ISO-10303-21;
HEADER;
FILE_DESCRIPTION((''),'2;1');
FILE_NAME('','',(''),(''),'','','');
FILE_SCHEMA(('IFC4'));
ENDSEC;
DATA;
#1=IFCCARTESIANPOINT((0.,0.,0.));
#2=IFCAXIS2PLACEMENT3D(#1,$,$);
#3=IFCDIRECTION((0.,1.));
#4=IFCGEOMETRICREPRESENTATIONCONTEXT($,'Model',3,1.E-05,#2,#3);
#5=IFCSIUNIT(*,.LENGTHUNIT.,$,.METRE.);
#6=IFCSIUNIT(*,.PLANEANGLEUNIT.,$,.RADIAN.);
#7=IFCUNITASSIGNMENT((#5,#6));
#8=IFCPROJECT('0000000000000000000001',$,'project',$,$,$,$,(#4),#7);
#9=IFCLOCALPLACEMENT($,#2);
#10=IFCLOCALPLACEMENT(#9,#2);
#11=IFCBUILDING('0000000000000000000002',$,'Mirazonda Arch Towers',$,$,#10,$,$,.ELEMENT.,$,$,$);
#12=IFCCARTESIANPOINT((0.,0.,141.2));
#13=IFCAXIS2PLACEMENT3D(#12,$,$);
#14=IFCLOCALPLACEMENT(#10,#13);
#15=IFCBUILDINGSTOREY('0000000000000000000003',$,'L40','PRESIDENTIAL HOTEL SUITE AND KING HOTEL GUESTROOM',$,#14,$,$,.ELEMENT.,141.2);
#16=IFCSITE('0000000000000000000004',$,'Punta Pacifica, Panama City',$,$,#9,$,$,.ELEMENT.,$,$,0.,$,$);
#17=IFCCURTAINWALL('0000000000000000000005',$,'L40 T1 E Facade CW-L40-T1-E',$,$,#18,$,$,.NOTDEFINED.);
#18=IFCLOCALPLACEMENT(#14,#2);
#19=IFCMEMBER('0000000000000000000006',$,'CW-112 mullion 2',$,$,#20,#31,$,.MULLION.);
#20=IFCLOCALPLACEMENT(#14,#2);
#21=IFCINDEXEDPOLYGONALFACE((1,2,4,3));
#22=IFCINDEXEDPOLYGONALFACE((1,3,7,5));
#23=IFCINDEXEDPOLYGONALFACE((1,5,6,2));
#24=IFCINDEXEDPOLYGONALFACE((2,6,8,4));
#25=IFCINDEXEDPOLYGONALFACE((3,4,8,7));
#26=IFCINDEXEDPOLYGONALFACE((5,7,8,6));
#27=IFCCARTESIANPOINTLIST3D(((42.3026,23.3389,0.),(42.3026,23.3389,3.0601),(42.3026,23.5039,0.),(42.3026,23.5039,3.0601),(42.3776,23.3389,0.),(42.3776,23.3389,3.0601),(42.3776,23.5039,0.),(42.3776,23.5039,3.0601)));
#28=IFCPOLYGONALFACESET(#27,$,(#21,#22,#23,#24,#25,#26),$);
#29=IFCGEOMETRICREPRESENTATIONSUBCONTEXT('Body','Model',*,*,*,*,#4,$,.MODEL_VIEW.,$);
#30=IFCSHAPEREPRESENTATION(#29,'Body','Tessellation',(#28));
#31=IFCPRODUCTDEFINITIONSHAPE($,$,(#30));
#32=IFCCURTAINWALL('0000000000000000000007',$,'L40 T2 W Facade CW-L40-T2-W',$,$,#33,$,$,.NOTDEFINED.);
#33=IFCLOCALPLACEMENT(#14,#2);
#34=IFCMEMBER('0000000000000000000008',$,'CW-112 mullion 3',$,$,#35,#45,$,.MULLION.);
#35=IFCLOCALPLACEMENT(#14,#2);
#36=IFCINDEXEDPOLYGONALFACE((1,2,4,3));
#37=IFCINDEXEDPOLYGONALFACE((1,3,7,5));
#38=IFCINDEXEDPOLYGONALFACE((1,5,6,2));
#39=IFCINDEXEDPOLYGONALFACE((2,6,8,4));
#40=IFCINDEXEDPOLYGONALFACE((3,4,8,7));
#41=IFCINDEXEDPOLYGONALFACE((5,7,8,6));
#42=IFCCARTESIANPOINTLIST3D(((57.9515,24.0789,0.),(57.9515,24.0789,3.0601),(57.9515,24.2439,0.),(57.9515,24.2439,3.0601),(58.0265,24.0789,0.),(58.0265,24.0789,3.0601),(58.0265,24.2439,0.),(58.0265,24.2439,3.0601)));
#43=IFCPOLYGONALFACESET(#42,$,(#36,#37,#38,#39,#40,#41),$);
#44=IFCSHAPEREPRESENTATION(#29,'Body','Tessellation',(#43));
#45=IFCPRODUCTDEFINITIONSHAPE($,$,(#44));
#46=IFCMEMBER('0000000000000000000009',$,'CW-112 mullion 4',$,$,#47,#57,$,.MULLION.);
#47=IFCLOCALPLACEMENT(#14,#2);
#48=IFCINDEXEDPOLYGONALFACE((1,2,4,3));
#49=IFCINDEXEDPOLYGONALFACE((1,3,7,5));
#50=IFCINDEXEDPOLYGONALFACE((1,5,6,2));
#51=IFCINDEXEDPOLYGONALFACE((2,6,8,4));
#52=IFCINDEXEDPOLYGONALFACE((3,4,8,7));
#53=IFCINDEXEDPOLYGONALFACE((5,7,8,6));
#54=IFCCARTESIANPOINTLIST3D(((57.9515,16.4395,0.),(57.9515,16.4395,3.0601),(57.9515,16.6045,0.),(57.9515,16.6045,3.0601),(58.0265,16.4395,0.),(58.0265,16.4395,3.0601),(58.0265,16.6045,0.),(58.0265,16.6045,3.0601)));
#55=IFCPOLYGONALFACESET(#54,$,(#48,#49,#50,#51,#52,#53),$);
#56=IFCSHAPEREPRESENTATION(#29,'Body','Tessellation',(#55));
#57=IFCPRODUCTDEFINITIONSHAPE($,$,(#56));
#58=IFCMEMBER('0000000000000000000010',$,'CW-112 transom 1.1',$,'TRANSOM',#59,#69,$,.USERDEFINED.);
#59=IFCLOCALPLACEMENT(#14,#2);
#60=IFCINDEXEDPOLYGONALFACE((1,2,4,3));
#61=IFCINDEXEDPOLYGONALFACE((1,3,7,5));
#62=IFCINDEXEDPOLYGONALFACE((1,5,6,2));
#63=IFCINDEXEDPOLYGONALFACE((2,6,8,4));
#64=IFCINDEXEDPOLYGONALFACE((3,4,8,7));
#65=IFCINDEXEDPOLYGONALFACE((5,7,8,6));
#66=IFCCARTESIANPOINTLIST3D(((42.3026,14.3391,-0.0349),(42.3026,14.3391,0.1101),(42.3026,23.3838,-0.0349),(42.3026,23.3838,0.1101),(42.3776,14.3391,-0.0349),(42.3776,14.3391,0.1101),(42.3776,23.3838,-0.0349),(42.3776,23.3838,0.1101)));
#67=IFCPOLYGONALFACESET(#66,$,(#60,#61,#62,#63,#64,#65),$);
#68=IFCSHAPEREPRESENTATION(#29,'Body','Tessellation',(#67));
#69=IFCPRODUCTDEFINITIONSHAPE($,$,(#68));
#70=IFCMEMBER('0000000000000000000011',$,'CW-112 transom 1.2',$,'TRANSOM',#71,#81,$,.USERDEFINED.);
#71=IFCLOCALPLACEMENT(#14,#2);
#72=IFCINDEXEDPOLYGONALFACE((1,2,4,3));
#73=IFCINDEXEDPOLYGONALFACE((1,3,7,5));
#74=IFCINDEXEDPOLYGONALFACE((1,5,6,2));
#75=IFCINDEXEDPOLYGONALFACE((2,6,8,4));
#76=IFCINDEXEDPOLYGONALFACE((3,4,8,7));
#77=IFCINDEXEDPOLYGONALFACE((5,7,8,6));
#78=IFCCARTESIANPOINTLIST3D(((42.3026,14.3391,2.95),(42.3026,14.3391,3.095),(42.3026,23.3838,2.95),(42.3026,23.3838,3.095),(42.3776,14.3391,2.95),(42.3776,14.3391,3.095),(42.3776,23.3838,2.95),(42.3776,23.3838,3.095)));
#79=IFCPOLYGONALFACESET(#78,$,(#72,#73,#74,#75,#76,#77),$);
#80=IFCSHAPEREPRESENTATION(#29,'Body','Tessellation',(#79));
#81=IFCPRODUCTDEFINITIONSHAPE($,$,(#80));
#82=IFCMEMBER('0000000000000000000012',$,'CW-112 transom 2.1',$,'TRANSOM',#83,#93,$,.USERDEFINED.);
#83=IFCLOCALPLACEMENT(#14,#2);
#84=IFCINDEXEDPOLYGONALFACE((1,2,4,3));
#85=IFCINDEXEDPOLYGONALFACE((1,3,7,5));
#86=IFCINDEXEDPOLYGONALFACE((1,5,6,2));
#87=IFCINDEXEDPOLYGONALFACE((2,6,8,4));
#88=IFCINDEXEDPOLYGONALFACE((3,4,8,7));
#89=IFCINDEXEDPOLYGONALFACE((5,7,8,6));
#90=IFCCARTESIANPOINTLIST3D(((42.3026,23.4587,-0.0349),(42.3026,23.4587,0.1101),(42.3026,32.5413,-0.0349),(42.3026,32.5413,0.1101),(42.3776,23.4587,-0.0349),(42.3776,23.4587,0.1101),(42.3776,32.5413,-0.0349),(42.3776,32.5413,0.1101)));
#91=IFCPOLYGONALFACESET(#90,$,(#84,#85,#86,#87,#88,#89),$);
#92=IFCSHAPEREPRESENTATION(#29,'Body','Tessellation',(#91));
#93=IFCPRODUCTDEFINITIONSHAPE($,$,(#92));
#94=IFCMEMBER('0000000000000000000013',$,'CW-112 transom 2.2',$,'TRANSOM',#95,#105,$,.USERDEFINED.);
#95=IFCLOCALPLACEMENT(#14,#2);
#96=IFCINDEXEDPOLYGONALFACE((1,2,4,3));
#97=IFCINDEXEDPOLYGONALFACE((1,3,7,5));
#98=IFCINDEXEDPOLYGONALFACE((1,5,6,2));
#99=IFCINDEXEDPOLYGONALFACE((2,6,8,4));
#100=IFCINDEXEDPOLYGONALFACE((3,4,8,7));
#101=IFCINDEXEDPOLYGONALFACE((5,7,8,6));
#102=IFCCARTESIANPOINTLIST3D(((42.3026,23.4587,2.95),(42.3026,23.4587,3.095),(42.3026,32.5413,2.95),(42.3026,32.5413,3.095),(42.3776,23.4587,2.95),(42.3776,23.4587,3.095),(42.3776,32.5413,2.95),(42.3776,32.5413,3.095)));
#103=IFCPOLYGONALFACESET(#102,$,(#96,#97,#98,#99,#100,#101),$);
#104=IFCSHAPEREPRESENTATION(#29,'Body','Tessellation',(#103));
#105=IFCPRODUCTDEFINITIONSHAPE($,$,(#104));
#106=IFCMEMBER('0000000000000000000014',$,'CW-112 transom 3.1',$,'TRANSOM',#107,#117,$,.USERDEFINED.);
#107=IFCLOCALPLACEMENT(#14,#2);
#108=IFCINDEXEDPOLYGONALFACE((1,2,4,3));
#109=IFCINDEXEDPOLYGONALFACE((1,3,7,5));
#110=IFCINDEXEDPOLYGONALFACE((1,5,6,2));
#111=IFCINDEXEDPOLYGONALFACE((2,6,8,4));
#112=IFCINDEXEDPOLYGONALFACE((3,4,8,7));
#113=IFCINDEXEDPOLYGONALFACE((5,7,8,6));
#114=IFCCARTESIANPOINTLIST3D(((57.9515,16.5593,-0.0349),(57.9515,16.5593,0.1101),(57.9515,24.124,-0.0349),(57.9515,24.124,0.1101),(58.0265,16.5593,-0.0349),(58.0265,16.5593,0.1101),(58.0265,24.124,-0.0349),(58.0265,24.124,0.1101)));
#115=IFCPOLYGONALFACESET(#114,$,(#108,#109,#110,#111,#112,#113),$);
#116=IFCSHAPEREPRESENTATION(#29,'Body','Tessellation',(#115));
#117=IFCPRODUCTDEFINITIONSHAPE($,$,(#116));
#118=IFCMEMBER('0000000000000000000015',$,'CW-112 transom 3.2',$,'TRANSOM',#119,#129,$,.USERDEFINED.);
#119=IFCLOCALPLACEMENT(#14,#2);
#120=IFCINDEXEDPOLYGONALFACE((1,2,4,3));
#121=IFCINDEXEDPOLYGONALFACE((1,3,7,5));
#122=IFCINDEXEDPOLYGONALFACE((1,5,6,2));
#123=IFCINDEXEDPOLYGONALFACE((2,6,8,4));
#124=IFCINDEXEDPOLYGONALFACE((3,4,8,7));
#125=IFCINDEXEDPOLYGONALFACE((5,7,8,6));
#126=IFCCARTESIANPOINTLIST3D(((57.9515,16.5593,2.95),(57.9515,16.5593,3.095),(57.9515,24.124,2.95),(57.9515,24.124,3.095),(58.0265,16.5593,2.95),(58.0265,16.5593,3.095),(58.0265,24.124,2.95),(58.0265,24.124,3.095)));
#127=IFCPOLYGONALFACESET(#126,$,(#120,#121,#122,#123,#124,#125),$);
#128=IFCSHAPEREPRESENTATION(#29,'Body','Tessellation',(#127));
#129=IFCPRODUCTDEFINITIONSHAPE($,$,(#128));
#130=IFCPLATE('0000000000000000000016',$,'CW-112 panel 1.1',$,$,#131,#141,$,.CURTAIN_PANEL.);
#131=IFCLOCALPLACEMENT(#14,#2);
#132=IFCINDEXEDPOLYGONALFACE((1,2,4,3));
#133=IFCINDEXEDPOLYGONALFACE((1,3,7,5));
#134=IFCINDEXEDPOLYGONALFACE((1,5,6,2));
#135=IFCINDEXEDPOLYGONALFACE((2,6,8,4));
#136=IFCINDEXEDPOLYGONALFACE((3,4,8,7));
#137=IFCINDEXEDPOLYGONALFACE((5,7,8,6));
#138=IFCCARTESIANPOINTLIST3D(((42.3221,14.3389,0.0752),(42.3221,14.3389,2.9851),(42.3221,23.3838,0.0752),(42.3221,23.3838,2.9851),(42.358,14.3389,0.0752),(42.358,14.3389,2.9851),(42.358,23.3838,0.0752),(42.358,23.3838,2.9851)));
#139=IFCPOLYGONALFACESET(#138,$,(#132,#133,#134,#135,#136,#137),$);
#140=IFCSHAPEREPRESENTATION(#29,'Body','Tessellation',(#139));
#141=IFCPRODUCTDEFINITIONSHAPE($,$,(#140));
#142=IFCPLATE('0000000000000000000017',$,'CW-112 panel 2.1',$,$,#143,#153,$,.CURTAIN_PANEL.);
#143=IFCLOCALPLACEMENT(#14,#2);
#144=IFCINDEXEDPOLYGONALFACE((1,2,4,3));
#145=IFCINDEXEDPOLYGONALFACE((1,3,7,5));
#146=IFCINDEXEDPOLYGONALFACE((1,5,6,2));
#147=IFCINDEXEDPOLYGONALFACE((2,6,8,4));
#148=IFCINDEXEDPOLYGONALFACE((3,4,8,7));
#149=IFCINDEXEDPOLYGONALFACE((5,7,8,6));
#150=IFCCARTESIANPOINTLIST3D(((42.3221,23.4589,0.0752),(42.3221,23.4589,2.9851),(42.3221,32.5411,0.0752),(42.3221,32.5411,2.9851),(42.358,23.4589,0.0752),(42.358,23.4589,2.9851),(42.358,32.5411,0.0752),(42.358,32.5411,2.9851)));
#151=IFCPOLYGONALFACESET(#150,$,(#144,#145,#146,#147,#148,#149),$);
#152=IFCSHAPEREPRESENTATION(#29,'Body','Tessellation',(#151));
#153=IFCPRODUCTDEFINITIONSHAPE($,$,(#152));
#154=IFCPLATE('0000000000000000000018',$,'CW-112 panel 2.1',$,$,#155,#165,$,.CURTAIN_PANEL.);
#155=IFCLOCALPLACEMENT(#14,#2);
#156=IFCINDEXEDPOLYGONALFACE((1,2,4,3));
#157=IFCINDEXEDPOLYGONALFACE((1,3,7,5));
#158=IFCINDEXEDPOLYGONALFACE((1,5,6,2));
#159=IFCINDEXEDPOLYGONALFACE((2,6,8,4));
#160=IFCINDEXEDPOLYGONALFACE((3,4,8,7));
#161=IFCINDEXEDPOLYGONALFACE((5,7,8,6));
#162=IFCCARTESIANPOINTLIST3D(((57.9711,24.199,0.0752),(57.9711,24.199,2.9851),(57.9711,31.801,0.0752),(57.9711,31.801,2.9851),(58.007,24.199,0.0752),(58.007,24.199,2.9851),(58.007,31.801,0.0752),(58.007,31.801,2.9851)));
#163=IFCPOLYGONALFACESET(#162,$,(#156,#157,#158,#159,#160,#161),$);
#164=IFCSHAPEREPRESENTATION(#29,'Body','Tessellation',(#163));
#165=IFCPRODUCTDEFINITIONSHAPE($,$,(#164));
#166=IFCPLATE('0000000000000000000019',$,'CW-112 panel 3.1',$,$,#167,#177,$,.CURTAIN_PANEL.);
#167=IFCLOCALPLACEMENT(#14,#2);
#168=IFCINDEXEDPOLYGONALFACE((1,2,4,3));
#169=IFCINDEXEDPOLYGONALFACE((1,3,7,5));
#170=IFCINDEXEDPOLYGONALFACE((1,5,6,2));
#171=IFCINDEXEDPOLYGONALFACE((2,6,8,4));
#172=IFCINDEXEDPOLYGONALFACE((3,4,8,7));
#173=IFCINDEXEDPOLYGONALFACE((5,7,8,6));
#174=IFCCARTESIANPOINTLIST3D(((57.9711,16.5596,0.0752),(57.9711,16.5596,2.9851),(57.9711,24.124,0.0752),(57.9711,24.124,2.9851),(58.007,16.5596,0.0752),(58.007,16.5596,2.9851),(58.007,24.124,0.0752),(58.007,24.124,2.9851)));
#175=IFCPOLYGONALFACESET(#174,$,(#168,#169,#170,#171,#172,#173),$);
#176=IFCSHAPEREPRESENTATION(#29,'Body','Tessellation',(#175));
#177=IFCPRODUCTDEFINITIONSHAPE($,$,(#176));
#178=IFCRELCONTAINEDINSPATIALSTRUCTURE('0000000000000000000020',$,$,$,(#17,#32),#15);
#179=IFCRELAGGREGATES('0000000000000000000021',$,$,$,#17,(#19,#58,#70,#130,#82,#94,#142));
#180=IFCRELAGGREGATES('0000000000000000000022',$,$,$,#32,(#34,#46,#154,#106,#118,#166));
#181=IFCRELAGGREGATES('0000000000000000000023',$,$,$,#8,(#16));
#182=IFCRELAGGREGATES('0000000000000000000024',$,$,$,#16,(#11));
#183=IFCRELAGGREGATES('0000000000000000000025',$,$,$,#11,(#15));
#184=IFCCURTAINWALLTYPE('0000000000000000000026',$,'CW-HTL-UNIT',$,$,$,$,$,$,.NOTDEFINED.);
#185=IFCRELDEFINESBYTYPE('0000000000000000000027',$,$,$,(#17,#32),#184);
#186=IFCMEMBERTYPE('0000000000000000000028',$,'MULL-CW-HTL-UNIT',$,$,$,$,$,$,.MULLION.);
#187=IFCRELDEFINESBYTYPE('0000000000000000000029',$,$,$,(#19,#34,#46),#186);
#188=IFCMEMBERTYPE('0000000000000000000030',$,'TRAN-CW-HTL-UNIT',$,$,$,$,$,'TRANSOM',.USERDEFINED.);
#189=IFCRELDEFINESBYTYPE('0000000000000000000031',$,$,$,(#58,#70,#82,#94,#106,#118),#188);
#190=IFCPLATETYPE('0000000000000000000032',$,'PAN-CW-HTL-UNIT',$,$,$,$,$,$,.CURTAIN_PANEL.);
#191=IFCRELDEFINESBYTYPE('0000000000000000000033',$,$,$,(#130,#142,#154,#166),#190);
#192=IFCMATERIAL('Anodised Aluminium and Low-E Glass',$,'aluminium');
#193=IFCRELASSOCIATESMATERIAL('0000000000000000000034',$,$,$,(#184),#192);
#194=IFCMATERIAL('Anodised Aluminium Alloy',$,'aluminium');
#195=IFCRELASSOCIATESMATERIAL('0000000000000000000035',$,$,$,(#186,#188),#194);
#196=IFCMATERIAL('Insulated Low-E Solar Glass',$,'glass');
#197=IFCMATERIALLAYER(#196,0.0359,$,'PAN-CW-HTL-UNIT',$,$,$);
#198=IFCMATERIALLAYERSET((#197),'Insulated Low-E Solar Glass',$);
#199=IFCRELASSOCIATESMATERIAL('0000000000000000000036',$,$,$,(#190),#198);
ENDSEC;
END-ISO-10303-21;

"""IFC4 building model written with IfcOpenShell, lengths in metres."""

from ifc_helpers import new_model, si_unit, direction, frame, origin, origin_2d, place, context, subcontext, project, spatial, rectangle, extrude, material, layer, layer_set, material_profile, profile_set, type_object, element, aggregate, save


model = new_model("IFC4")

# Units and contexts
model_context = context("Model", 3, precision=1e-05, world=origin(), true_north=direction((0.0, 1.0)))
body_context = subcontext(model_context, "Body", "Model", "MODEL_VIEW")
ifc_project = project(units=[si_unit("LENGTHUNIT", "METRE"), si_unit("PLANEANGLEUNIT", "RADIAN")], contexts=[model_context])

# Site, building, storey
site_placement = place(None, origin())
site = spatial("IfcSite", under=ifc_project, at=site_placement, Name="Punta Pacifica, Panama City", CompositionType="ELEMENT", RefElevation=0.0)
building_placement = place(site_placement, origin())
building = spatial("IfcBuilding", under=site, at=building_placement, Name="Mirazonda Arch Towers", CompositionType="ELEMENT")
storey_placement = place(building_placement, frame((0.0, 0.0, 141.2)))
storey = spatial("IfcBuildingStorey", under=building, at=storey_placement, Name="L40", Description="PRESIDENTIAL HOTEL SUITE AND KING HOTEL GUESTROOM", CompositionType="ELEMENT", Elevation=141.2)

# Curtain walls, members
ifc_material_1 = material(Name="Anodised Aluminium and Low-E Glass", Category="aluminium")
curtain_wall_type = type_object("IfcCurtainWallType", Name="CW-HTL-UNIT", PredefinedType="NOTDEFINED", material=ifc_material_1)
curtain_wall_1_placement = place(storey_placement, origin())
curtain_wall_1 = element("IfcCurtainWall", 1, at=curtain_wall_1_placement, inside=storey, type_object=curtain_wall_type, Name="L40 T1 E Facade CW-L40-T1-E", PredefinedType="NOTDEFINED")
ifc_material_2 = material(Name="Anodised Aluminium Alloy", Category="aluminium")
ifc_material_profile_1 = material_profile(ifc_material_2, rectangle(XDim=0.075, YDim=0.165, at=origin_2d()), Name="ALU-MULL-75x165")
ifc_profile_set_1 = profile_set([ifc_material_profile_1], Name="Anodised Aluminium Alloy")
member_type_1 = type_object("IfcMemberType", Name="MULL-CW-HTL-UNIT", PredefinedType="MULLION", material=ifc_profile_set_1)
member_1_placement = place(storey_placement, frame((42.3401, 23.4214, 0.0), z_axis=(0.0, 0.0, 1.0), x_axis=(-1.0, 0.0, 0.0)))
member_1 = element("IfcMember", 2, at=member_1_placement, type_object=member_type_1, Name="CW-112 mullion 2", PredefinedType="MULLION", context=body_context, shape_type="SweptSolid", body=[
    extrude(rectangle(XDim=0.075, YDim=0.165, at=origin_2d()), origin(), (0.0, 0.0, 1.0), 3.0601),
])
curtain_wall_2_placement = place(storey_placement, origin())
curtain_wall_2 = element("IfcCurtainWall", 3, at=curtain_wall_2_placement, inside=storey, type_object=curtain_wall_type, Name="L40 T2 W Facade CW-L40-T2-W", PredefinedType="NOTDEFINED")
member_2_placement = place(storey_placement, frame((57.989, 24.1614, 0.0), z_axis=(0.0, 0.0, 1.0), x_axis=(1.0, 0.0, 0.0)))
member_2 = element("IfcMember", 4, at=member_2_placement, type_object=member_type_1, Name="CW-112 mullion 3", PredefinedType="MULLION", context=body_context, shape_type="SweptSolid", body=[
    extrude(rectangle(XDim=0.075, YDim=0.165, at=origin_2d()), origin(), (0.0, 0.0, 1.0), 3.0601),
])
member_3_placement = place(storey_placement, frame((57.989, 16.522, 0.0), z_axis=(0.0, 0.0, 1.0), x_axis=(1.0, 0.0, 0.0)))
member_3 = element("IfcMember", 5, at=member_3_placement, type_object=member_type_1, Name="CW-112 mullion 4", PredefinedType="MULLION", context=body_context, shape_type="SweptSolid", body=[
    extrude(rectangle(XDim=0.075, YDim=0.165, at=origin_2d()), origin(), (0.0, 0.0, 1.0), 3.0601),
])

# Members
ifc_material_profile_2 = material_profile(ifc_material_2, rectangle(XDim=0.075, YDim=0.145, at=origin_2d()), Name="ALU-TRAN-75x145")
ifc_profile_set_2 = profile_set([ifc_material_profile_2], Name="Anodised Aluminium Alloy")
member_type_2 = type_object("IfcMemberType", Name="TRAN-CW-HTL-UNIT", ElementType="TRANSOM", PredefinedType="USERDEFINED", material=ifc_profile_set_2)
member_4_placement = place(storey_placement, frame((42.3401, 14.3391, 0.0376), z_axis=(0.0, 1.0, 0.0), x_axis=(-1.0, 0.0, 0.0)))
member_4 = element("IfcMember", 6, at=member_4_placement, type_object=member_type_2, Name="CW-112 transom 1.1", ObjectType="TRANSOM", PredefinedType="USERDEFINED", context=body_context, shape_type="SweptSolid", body=[
    extrude(rectangle(XDim=0.075, YDim=0.145, at=origin_2d()), origin(), (0.0, 0.0, 1.0), 9.0447),
])
member_5_placement = place(storey_placement, frame((42.3401, 14.3391, 3.0225), z_axis=(0.0, 1.0, 0.0), x_axis=(-1.0, 0.0, 0.0)))
member_5 = element("IfcMember", 7, at=member_5_placement, type_object=member_type_2, Name="CW-112 transom 1.2", ObjectType="TRANSOM", PredefinedType="USERDEFINED", context=body_context, shape_type="SweptSolid", body=[
    extrude(rectangle(XDim=0.075, YDim=0.145, at=origin_2d()), origin(), (0.0, 0.0, 1.0), 9.0447),
])
member_6_placement = place(storey_placement, frame((42.3401, 23.4587, 0.0376), z_axis=(0.0, 1.0, 0.0), x_axis=(-1.0, 0.0, 0.0)))
member_6 = element("IfcMember", 8, at=member_6_placement, type_object=member_type_2, Name="CW-112 transom 2.1", ObjectType="TRANSOM", PredefinedType="USERDEFINED", context=body_context, shape_type="SweptSolid", body=[
    extrude(rectangle(XDim=0.075, YDim=0.145, at=origin_2d()), origin(), (0.0, 0.0, 1.0), 9.0825),
])
member_7_placement = place(storey_placement, frame((42.3401, 23.4587, 3.0225), z_axis=(0.0, 1.0, 0.0), x_axis=(-1.0, 0.0, 0.0)))
member_7 = element("IfcMember", 9, at=member_7_placement, type_object=member_type_2, Name="CW-112 transom 2.2", ObjectType="TRANSOM", PredefinedType="USERDEFINED", context=body_context, shape_type="SweptSolid", body=[
    extrude(rectangle(XDim=0.075, YDim=0.145, at=origin_2d()), origin(), (0.0, 0.0, 1.0), 9.0825),
])
member_8_placement = place(storey_placement, frame((57.989, 24.124, 0.0376), z_axis=(0.0, -1.0, 0.0), x_axis=(1.0, 0.0, 0.0)))
member_8 = element("IfcMember", 10, at=member_8_placement, type_object=member_type_2, Name="CW-112 transom 3.1", ObjectType="TRANSOM", PredefinedType="USERDEFINED", context=body_context, shape_type="SweptSolid", body=[
    extrude(rectangle(XDim=0.075, YDim=0.145, at=origin_2d()), origin(), (0.0, 0.0, 1.0), 7.5647),
])
member_9_placement = place(storey_placement, frame((57.989, 24.124, 3.0225), z_axis=(0.0, -1.0, 0.0), x_axis=(1.0, 0.0, 0.0)))
member_9 = element("IfcMember", 11, at=member_9_placement, type_object=member_type_2, Name="CW-112 transom 3.2", ObjectType="TRANSOM", PredefinedType="USERDEFINED", context=body_context, shape_type="SweptSolid", body=[
    extrude(rectangle(XDim=0.075, YDim=0.145, at=origin_2d()), origin(), (0.0, 0.0, 1.0), 7.5647),
])

# Plates
ifc_material_3 = material(Name="Insulated Low-E Solar Glass", Category="glass")
ifc_layer_1 = layer(ifc_material_3, 0.0359, Name="PAN-CW-HTL-UNIT")
ifc_layer_set_1 = layer_set([ifc_layer_1], Name="Insulated Low-E Solar Glass")
plate_type = type_object("IfcPlateType", Name="PAN-CW-HTL-UNIT", PredefinedType="CURTAIN_PANEL", material=ifc_layer_set_1)
plate_1_placement = place(storey_placement, frame((42.3401, 18.8613, 0.0752), z_axis=(0.0, 0.0, 1.0), x_axis=(0.0, 1.0, 0.0)))
plate_1 = element("IfcPlate", 12, at=plate_1_placement, type_object=plate_type, Name="CW-112 panel 1.1", PredefinedType="CURTAIN_PANEL", context=body_context, shape_type="SweptSolid", body=[
    extrude(rectangle(XDim=9.0449, YDim=0.0359, at=origin_2d()), origin(), (0.0, 0.0, 1.0), 2.9099),
])
plate_2_placement = place(storey_placement, frame((42.3401, 28.0, 0.0752), z_axis=(0.0, 0.0, 1.0), x_axis=(0.0, 1.0, 0.0)))
plate_2 = element("IfcPlate", 13, at=plate_2_placement, type_object=plate_type, Name="CW-112 panel 2.1", PredefinedType="CURTAIN_PANEL", context=body_context, shape_type="SweptSolid", body=[
    extrude(rectangle(XDim=9.0823, YDim=0.0359, at=origin_2d()), origin(), (0.0, 0.0, 1.0), 2.9099),
])
aggregate(curtain_wall_1, [member_1, member_4, member_5, plate_1, member_6, member_7, plate_2])
plate_3_placement = place(storey_placement, frame((57.989, 28.0, 0.0752), z_axis=(0.0, 0.0, 1.0), x_axis=(0.0, -1.0, 0.0)))
plate_3 = element("IfcPlate", 14, at=plate_3_placement, type_object=plate_type, Name="CW-112 panel 2.1", PredefinedType="CURTAIN_PANEL", context=body_context, shape_type="SweptSolid", body=[
    extrude(rectangle(XDim=7.6021, YDim=0.0359, at=origin_2d()), origin(), (0.0, 0.0, 1.0), 2.9099),
])
plate_4_placement = place(storey_placement, frame((57.989, 20.3418, 0.0752), z_axis=(0.0, 0.0, 1.0), x_axis=(0.0, -1.0, 0.0)))
plate_4 = element("IfcPlate", 15, at=plate_4_placement, type_object=plate_type, Name="CW-112 panel 3.1", PredefinedType="CURTAIN_PANEL", context=body_context, shape_type="SweptSolid", body=[
    extrude(rectangle(XDim=7.5645, YDim=0.0359, at=origin_2d()), origin(), (0.0, 0.0, 1.0), 2.9099),
])
aggregate(curtain_wall_2, [member_2, member_3, plate_3, member_8, member_9, plate_4])

save(model, "model.ifc")
